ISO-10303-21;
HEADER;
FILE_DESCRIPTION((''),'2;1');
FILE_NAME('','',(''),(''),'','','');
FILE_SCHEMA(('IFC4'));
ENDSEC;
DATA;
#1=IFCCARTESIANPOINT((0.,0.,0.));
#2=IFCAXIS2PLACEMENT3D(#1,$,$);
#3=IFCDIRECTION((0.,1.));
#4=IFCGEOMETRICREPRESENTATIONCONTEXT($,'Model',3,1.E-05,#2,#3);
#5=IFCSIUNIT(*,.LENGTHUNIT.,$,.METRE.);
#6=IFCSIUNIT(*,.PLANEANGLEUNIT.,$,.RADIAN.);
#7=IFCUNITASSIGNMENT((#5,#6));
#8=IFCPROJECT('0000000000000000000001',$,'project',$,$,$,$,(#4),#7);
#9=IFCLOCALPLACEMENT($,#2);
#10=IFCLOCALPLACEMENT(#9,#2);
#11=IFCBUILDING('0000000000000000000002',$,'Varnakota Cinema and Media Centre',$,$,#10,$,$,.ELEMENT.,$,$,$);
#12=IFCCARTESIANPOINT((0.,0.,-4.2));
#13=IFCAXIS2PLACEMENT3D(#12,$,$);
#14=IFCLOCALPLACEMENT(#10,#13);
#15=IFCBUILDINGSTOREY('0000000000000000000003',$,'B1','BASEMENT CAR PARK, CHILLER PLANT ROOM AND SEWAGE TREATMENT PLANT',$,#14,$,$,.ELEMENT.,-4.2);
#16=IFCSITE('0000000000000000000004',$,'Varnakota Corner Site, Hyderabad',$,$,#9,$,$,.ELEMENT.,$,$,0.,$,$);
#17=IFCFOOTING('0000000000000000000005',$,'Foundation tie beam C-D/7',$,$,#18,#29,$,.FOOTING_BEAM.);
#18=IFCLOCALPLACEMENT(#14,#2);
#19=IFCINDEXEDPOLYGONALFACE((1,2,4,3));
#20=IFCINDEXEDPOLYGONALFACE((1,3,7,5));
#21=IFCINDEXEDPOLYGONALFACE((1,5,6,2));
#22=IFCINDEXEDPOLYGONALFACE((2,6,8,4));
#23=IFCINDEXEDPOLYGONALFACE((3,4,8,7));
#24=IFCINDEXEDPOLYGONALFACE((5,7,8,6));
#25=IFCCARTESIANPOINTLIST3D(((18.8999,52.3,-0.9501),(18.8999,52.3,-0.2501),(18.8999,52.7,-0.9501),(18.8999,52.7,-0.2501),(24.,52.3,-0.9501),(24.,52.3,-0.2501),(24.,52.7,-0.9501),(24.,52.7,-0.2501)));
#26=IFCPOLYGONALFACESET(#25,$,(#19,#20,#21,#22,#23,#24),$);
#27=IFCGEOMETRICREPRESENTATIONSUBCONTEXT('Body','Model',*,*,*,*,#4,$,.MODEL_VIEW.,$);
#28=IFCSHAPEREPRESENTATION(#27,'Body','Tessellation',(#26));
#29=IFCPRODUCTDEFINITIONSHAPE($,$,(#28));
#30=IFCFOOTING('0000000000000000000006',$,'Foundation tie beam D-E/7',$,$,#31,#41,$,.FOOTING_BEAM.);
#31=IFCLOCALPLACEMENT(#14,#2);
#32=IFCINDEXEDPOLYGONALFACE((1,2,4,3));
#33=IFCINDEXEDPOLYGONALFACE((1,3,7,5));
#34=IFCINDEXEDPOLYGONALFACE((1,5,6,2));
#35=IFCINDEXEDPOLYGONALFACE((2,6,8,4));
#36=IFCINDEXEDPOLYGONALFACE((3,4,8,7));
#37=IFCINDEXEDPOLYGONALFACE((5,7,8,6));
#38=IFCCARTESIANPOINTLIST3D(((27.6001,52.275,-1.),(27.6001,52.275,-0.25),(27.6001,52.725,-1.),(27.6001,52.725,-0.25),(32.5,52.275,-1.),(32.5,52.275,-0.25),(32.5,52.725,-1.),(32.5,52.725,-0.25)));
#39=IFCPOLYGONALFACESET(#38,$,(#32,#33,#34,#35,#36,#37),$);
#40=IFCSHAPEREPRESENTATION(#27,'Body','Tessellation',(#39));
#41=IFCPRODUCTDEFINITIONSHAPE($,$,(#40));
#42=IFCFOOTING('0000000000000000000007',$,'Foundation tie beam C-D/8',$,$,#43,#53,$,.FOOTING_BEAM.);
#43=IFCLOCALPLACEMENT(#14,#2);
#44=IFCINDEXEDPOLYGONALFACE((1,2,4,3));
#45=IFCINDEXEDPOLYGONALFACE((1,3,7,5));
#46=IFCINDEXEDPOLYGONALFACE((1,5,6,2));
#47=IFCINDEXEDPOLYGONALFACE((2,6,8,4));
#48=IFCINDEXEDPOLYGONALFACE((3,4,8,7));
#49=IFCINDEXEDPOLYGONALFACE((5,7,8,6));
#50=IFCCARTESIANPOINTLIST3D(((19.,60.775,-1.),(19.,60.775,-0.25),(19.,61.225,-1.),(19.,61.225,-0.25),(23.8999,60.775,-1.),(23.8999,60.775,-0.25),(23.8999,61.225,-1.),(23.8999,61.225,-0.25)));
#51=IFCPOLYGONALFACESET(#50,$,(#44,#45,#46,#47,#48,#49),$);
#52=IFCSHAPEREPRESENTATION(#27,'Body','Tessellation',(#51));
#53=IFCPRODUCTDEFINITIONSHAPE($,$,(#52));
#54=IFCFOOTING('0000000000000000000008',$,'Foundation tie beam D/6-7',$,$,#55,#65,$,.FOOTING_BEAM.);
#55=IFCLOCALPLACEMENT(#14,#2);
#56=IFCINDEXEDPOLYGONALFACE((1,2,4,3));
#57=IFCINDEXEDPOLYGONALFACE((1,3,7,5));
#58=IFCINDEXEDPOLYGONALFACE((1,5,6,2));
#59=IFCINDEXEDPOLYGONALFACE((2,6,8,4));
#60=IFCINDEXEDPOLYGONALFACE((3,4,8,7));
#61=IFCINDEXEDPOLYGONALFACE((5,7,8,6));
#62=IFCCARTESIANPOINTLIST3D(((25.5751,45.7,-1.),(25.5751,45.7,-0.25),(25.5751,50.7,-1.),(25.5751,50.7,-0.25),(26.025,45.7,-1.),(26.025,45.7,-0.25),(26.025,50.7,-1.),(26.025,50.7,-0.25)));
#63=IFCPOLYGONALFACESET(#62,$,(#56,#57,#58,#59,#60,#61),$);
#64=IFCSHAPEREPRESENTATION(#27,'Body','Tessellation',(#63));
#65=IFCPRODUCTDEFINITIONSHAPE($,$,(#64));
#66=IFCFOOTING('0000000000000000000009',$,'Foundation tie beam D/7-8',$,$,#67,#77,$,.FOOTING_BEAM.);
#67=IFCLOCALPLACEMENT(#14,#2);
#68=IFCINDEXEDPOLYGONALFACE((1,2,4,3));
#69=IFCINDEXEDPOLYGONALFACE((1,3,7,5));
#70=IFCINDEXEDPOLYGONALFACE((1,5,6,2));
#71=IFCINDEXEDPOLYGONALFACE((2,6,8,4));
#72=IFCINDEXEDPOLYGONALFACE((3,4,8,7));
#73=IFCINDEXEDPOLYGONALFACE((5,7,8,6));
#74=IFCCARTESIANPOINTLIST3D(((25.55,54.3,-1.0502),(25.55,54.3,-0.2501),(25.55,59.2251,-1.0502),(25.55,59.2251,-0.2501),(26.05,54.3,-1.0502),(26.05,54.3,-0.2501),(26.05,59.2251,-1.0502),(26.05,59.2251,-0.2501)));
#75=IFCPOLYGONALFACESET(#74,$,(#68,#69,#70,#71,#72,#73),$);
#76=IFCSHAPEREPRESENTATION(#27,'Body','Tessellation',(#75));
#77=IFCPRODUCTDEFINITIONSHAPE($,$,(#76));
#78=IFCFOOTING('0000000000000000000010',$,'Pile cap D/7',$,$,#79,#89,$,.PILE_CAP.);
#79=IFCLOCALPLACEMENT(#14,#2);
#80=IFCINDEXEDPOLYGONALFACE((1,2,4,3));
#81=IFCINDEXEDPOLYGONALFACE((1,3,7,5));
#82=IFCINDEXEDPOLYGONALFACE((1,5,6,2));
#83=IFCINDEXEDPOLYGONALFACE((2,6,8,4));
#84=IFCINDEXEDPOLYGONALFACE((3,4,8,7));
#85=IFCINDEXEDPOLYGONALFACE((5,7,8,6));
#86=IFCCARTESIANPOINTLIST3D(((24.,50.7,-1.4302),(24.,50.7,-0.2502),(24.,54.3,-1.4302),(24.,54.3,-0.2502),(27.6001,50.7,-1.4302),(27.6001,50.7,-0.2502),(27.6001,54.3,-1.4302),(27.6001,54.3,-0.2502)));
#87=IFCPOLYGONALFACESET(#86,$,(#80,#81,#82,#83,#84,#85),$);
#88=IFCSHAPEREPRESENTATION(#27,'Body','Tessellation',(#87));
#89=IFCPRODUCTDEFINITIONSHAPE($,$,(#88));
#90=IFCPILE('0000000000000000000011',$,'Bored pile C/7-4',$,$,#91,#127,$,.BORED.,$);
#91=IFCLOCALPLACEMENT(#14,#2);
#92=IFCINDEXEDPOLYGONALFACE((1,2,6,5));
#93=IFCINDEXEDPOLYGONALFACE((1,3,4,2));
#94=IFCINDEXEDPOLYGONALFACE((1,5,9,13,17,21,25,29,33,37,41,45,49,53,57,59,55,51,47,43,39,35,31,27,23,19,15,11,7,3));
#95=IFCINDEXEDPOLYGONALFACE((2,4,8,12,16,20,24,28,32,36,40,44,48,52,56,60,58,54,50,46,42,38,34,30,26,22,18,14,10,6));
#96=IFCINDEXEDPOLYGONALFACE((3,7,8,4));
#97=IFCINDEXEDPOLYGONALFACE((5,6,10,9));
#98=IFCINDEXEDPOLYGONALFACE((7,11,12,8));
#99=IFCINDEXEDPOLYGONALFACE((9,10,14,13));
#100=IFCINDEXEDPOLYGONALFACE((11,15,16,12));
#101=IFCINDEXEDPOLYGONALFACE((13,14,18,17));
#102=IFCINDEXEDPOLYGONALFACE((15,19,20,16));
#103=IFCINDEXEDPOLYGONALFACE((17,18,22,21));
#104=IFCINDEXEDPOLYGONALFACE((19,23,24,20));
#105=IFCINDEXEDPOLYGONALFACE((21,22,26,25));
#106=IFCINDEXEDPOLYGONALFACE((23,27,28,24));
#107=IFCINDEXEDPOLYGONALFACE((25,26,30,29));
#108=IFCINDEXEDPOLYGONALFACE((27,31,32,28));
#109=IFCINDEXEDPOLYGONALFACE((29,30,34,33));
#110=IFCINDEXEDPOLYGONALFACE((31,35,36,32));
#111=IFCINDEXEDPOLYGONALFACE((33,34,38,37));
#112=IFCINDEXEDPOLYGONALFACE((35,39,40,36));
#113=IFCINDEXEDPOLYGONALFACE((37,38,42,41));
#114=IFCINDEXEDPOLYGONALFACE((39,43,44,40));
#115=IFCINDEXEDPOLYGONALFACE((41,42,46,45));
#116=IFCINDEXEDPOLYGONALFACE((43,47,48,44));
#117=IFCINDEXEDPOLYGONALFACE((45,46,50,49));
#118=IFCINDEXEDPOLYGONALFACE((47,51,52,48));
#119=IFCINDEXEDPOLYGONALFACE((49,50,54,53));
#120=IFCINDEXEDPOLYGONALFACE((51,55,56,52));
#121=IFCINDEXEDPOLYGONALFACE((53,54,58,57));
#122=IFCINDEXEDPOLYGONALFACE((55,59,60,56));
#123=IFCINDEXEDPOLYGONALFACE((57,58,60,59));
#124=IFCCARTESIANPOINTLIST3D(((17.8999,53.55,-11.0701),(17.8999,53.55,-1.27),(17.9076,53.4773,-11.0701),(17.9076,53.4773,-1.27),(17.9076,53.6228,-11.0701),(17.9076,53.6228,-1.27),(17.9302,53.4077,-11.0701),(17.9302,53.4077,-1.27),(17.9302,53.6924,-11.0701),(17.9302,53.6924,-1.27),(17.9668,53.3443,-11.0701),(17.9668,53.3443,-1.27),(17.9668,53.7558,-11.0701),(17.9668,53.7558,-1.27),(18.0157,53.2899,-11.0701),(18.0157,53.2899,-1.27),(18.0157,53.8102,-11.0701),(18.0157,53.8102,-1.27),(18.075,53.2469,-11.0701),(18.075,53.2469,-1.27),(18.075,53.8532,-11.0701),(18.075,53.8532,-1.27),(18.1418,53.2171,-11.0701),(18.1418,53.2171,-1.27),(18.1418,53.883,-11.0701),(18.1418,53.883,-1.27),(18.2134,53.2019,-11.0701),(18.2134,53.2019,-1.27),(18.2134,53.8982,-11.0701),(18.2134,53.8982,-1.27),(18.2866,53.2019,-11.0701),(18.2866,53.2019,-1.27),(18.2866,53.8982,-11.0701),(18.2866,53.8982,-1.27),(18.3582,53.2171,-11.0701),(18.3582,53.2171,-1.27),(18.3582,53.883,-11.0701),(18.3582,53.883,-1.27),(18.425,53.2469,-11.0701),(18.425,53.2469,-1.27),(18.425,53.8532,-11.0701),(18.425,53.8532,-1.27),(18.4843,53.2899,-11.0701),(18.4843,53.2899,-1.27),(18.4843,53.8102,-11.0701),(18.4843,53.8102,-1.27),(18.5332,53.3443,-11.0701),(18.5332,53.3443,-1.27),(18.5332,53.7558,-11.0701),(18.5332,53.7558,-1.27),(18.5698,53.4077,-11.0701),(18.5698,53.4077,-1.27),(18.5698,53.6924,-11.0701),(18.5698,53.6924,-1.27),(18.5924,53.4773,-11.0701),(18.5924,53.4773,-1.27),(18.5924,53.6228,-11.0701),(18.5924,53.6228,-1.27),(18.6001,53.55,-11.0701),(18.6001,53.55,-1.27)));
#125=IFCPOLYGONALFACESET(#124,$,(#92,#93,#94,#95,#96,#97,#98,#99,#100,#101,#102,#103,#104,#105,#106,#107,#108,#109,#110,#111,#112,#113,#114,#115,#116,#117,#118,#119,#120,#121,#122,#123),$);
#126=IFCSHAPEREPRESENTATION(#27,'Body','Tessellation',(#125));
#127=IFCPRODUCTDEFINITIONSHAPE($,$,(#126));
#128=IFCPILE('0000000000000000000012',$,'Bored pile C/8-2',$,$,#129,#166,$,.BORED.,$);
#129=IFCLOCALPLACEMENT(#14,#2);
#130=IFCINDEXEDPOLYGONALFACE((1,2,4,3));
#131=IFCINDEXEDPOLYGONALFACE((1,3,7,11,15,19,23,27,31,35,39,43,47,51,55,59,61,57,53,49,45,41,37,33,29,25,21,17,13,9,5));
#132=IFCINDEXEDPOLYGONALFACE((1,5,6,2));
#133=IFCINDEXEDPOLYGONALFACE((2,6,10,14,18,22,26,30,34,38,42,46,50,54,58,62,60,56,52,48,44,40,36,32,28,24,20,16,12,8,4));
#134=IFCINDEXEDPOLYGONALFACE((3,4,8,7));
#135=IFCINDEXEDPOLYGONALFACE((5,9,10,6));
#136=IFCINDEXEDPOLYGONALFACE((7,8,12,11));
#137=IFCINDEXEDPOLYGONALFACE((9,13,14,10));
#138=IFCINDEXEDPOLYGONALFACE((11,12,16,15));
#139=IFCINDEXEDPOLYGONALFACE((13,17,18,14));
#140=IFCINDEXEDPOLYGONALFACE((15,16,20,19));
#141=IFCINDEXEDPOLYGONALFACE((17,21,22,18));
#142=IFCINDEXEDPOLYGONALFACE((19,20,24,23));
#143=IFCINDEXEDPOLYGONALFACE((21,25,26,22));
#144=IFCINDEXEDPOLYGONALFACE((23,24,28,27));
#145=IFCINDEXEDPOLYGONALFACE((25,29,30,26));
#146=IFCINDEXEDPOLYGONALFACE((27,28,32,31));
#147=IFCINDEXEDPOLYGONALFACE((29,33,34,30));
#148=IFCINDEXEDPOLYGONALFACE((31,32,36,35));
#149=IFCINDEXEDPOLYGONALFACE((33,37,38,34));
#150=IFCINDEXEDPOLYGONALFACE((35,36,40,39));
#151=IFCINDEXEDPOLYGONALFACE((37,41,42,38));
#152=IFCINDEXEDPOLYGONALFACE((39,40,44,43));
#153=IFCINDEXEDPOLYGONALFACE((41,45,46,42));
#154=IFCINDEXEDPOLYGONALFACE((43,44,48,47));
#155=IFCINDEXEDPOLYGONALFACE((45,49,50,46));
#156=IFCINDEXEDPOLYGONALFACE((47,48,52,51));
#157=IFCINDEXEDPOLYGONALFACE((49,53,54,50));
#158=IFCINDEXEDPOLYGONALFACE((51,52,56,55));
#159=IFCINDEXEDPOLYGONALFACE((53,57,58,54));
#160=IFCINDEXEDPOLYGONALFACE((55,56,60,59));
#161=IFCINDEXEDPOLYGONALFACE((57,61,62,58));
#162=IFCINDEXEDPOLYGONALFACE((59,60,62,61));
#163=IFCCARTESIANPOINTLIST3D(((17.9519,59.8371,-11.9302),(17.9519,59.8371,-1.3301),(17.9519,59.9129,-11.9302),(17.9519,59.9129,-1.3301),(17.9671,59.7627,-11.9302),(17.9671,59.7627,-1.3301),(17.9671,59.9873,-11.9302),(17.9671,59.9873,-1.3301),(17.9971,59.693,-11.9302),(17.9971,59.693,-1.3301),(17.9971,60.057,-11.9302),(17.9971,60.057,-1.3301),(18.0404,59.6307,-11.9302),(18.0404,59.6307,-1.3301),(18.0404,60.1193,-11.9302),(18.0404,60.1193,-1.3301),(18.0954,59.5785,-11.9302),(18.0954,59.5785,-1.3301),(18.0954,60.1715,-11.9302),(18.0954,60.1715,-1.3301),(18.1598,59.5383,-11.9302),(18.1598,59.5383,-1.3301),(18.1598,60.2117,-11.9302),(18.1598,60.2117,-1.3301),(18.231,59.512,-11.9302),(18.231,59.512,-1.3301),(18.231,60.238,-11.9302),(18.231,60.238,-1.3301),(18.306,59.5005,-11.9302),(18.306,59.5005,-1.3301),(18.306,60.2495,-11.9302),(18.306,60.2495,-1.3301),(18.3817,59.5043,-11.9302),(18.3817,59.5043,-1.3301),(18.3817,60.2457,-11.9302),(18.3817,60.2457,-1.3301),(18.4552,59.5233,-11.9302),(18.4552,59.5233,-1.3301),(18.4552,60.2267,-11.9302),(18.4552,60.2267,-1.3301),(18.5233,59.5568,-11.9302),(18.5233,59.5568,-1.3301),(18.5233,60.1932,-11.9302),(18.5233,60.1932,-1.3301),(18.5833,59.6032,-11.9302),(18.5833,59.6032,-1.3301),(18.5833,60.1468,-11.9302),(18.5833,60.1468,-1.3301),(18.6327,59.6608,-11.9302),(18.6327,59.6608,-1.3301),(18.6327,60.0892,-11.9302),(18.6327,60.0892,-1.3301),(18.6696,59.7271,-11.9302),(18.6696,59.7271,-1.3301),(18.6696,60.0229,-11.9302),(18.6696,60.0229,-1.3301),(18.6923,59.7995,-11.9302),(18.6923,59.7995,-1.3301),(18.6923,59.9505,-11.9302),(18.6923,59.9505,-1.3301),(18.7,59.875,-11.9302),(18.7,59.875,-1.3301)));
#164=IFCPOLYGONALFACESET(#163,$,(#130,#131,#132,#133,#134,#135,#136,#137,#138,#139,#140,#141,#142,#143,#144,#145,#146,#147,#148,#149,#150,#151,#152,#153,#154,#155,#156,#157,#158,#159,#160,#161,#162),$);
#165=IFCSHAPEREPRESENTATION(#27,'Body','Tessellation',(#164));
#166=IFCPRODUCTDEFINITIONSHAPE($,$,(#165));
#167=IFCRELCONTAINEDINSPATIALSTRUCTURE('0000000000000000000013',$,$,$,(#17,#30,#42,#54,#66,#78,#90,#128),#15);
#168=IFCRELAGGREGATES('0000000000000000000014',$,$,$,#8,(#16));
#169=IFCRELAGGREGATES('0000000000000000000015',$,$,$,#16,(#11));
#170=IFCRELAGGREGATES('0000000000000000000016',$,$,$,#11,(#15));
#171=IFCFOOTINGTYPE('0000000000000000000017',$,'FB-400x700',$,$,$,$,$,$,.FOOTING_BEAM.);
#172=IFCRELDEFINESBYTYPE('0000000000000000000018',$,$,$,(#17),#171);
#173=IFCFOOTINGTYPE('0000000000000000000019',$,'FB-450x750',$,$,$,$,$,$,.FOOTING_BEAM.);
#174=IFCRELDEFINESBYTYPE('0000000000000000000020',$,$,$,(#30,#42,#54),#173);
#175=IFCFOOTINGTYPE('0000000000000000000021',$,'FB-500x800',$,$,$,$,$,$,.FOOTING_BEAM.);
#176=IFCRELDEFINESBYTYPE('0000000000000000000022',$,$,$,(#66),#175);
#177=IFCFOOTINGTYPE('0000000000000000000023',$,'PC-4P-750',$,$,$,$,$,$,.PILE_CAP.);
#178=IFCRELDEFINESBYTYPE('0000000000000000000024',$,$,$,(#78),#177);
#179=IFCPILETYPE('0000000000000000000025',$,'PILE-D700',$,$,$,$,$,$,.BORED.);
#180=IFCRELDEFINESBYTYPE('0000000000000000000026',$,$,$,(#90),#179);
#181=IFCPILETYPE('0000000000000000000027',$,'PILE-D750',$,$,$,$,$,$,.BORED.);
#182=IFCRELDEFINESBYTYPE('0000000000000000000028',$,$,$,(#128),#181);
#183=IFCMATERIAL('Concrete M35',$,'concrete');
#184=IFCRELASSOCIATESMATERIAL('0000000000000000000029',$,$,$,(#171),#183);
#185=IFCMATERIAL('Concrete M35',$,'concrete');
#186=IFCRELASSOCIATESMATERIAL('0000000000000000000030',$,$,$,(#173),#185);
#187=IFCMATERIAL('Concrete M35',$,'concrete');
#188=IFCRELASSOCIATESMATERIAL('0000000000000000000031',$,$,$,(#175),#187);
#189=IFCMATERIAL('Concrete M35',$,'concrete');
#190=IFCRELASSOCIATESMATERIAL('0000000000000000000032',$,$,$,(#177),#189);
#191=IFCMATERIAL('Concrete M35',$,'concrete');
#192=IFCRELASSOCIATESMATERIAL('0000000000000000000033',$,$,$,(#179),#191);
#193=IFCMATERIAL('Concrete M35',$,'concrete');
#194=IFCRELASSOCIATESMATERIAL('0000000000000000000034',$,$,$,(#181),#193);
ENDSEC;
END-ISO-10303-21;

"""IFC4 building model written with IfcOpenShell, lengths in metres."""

from ifc_helpers import new_model, si_unit, direction, frame, origin, origin_2d, place, context, subcontext, project, spatial, rectangle, circle, extrude, material, material_profile, profile_set, type_object, element, save


model = new_model("IFC4")

# Units and contexts
model_context = context("Model", 3, precision=1e-05, world=origin(), true_north=direction((0.0, 1.0)))
body_context = subcontext(model_context, "Body", "Model", "MODEL_VIEW")
ifc_project = project(units=[si_unit("LENGTHUNIT", "METRE"), si_unit("PLANEANGLEUNIT", "RADIAN")], contexts=[model_context])

# Site, building, storey
site_placement = place(None, origin())
site = spatial("IfcSite", under=ifc_project, at=site_placement, Name="Varnakota Corner Site, Hyderabad", CompositionType="ELEMENT", RefElevation=0.0)
building_placement = place(site_placement, origin())
building = spatial("IfcBuilding", under=site, at=building_placement, Name="Varnakota Cinema and Media Centre", CompositionType="ELEMENT")
storey_placement = place(building_placement, frame((0.0, 0.0, -4.2)))
storey = spatial("IfcBuildingStorey", under=building, at=storey_placement, Name="B1", Description="BASEMENT CAR PARK, CHILLER PLANT ROOM AND SEWAGE TREATMENT PLANT", CompositionType="ELEMENT", Elevation=-4.2)

# Footings
ifc_material_1 = material(Name="Concrete M35", Category="concrete")
ifc_material_profile_1 = material_profile(ifc_material_1, rectangle(XDim=0.3999, YDim=0.7, at=origin_2d()), Name="FB 400x700")
ifc_profile_set_1 = profile_set([ifc_material_profile_1], Name="Concrete M35")
footing_type_1 = type_object("IfcFootingType", Name="FB-400x700", PredefinedType="FOOTING_BEAM", material=ifc_profile_set_1)
footing_1_placement = place(storey_placement, frame((18.8999, 52.5, -0.6001), z_axis=(1.0, 0.0, 0.0), x_axis=(0.0, 1.0, 0.0)))
element("IfcFooting", 1, at=footing_1_placement, inside=storey, type_object=footing_type_1, Name="Foundation tie beam C-D/7", PredefinedType="FOOTING_BEAM", context=body_context, shape_type="SweptSolid", body=[
    extrude(rectangle(XDim=0.3999, YDim=0.7, at=origin_2d()), origin(), (0.0, 0.0, 1.0), 5.1001),
])
ifc_material_2 = material(Name="Concrete M35", Category="concrete")
ifc_material_profile_2 = material_profile(ifc_material_2, rectangle(XDim=0.45, YDim=0.75, at=origin_2d()), Name="FB 450x750")
ifc_profile_set_2 = profile_set([ifc_material_profile_2], Name="Concrete M35")
footing_type_2 = type_object("IfcFootingType", Name="FB-450x750", PredefinedType="FOOTING_BEAM", material=ifc_profile_set_2)
for number, where, z_axis, x_axis, name in (
    (2, (27.6001, 52.5, -0.625), (1.0, 0.0, 0.0), (0.0, 1.0, 0.0), "Foundation tie beam D-E/7"),
    (3, (19.0, 61.0, -0.625), (1.0, 0.0, 0.0), (0.0, 1.0, 0.0), "Foundation tie beam C-D/8"),
):
    element("IfcFooting", number, at=place(storey_placement, frame(where, z_axis=z_axis, x_axis=x_axis)), inside=storey, type_object=footing_type_2, Name=name, PredefinedType="FOOTING_BEAM", context=body_context, shape_type="SweptSolid", body=[
        extrude(rectangle(XDim=0.45, YDim=0.75, at=origin_2d()), origin(), (0.0, 0.0, 1.0), 4.8999),
    ])
footing_2_placement = place(storey_placement, frame((25.8, 45.7, -0.625), z_axis=(0.0, 1.0, 0.0), x_axis=(-1.0, 0.0, 0.0)))
element("IfcFooting", 4, at=footing_2_placement, inside=storey, type_object=footing_type_2, Name="Foundation tie beam D/6-7", PredefinedType="FOOTING_BEAM", context=body_context, shape_type="SweptSolid", body=[
    extrude(rectangle(XDim=0.45, YDim=0.75, at=origin_2d()), origin(), (0.0, 0.0, 1.0), 5.0),
])
ifc_material_3 = material(Name="Concrete M35", Category="concrete")
ifc_material_profile_3 = material_profile(ifc_material_3, rectangle(XDim=0.5, YDim=0.8, at=origin_2d()), Name="FB 500x800")
ifc_profile_set_3 = profile_set([ifc_material_profile_3], Name="Concrete M35")
footing_type_3 = type_object("IfcFootingType", Name="FB-500x800", PredefinedType="FOOTING_BEAM", material=ifc_profile_set_3)
footing_3_placement = place(storey_placement, frame((25.8, 54.3, -0.6501), z_axis=(0.0, 1.0, 0.0), x_axis=(-1.0, 0.0, 0.0)))
element("IfcFooting", 5, at=footing_3_placement, inside=storey, type_object=footing_type_3, Name="Foundation tie beam D/7-8", PredefinedType="FOOTING_BEAM", context=body_context, shape_type="SweptSolid", body=[
    extrude(rectangle(XDim=0.5, YDim=0.8, at=origin_2d()), origin(), (0.0, 0.0, 1.0), 4.925),
])
ifc_material_4 = material(Name="Concrete M35", Category="concrete")
footing_type_4 = type_object("IfcFootingType", Name="PC-4P-750", PredefinedType="PILE_CAP", material=ifc_material_4)
footing_4_placement = place(storey_placement, frame((25.8, 52.5, -1.4302), z_axis=(0.0, 0.0, 1.0), x_axis=(1.0, 0.0, 0.0)))
element("IfcFooting", 6, at=footing_4_placement, inside=storey, type_object=footing_type_4, Name="Pile cap D/7", PredefinedType="PILE_CAP", context=body_context, shape_type="SweptSolid", body=[
    extrude(rectangle(XDim=3.6001, YDim=3.6001, at=origin_2d()), origin(), (0.0, 0.0, 1.0), 1.1799),
])

# Piles
ifc_material_5 = material(Name="Concrete M35", Category="concrete")
ifc_material_profile_4 = material_profile(ifc_material_5, circle(Radius=0.3501, at=origin_2d()), Name="PILE D700")
ifc_profile_set_4 = profile_set([ifc_material_profile_4], Name="Concrete M35")
pile_type_1 = type_object("IfcPileType", Name="PILE-D700", PredefinedType="BORED", material=ifc_profile_set_4)
pile_1_placement = place(storey_placement, frame((18.25, 53.55, -1.27), z_axis=(0.0, 0.0, -1.0), x_axis=(1.0, 0.0, 0.0)))
element("IfcPile", 7, at=pile_1_placement, inside=storey, type_object=pile_type_1, Name="Bored pile C/7-4", PredefinedType="BORED", context=body_context, shape_type="SweptSolid", body=[
    extrude(circle(Radius=0.3501, at=origin_2d()), origin(), (0.0, 0.0, 1.0), 9.8),
])
ifc_material_6 = material(Name="Concrete M35", Category="concrete")
ifc_material_profile_5 = material_profile(ifc_material_6, circle(Radius=0.375, at=origin_2d()), Name="PILE D750")
ifc_profile_set_5 = profile_set([ifc_material_profile_5], Name="Concrete M35")
pile_type_2 = type_object("IfcPileType", Name="PILE-D750", PredefinedType="BORED", material=ifc_profile_set_5)
for number, where, z_axis, x_axis, name in (
    (8, (18.325, 59.875, -1.3301), (0.0, 0.0, -1.0), (1.0, 0.0, 0.0), "Bored pile C/8-2"),
):
    element("IfcPile", number, at=place(storey_placement, frame(where, z_axis=z_axis, x_axis=x_axis)), inside=storey, type_object=pile_type_2, Name=name, PredefinedType="BORED", context=body_context, shape_type="SweptSolid", body=[
        extrude(circle(Radius=0.375, at=origin_2d()), origin(), (0.0, 0.0, 1.0), 10.6001),
    ])

save(model, "model.ifc")
